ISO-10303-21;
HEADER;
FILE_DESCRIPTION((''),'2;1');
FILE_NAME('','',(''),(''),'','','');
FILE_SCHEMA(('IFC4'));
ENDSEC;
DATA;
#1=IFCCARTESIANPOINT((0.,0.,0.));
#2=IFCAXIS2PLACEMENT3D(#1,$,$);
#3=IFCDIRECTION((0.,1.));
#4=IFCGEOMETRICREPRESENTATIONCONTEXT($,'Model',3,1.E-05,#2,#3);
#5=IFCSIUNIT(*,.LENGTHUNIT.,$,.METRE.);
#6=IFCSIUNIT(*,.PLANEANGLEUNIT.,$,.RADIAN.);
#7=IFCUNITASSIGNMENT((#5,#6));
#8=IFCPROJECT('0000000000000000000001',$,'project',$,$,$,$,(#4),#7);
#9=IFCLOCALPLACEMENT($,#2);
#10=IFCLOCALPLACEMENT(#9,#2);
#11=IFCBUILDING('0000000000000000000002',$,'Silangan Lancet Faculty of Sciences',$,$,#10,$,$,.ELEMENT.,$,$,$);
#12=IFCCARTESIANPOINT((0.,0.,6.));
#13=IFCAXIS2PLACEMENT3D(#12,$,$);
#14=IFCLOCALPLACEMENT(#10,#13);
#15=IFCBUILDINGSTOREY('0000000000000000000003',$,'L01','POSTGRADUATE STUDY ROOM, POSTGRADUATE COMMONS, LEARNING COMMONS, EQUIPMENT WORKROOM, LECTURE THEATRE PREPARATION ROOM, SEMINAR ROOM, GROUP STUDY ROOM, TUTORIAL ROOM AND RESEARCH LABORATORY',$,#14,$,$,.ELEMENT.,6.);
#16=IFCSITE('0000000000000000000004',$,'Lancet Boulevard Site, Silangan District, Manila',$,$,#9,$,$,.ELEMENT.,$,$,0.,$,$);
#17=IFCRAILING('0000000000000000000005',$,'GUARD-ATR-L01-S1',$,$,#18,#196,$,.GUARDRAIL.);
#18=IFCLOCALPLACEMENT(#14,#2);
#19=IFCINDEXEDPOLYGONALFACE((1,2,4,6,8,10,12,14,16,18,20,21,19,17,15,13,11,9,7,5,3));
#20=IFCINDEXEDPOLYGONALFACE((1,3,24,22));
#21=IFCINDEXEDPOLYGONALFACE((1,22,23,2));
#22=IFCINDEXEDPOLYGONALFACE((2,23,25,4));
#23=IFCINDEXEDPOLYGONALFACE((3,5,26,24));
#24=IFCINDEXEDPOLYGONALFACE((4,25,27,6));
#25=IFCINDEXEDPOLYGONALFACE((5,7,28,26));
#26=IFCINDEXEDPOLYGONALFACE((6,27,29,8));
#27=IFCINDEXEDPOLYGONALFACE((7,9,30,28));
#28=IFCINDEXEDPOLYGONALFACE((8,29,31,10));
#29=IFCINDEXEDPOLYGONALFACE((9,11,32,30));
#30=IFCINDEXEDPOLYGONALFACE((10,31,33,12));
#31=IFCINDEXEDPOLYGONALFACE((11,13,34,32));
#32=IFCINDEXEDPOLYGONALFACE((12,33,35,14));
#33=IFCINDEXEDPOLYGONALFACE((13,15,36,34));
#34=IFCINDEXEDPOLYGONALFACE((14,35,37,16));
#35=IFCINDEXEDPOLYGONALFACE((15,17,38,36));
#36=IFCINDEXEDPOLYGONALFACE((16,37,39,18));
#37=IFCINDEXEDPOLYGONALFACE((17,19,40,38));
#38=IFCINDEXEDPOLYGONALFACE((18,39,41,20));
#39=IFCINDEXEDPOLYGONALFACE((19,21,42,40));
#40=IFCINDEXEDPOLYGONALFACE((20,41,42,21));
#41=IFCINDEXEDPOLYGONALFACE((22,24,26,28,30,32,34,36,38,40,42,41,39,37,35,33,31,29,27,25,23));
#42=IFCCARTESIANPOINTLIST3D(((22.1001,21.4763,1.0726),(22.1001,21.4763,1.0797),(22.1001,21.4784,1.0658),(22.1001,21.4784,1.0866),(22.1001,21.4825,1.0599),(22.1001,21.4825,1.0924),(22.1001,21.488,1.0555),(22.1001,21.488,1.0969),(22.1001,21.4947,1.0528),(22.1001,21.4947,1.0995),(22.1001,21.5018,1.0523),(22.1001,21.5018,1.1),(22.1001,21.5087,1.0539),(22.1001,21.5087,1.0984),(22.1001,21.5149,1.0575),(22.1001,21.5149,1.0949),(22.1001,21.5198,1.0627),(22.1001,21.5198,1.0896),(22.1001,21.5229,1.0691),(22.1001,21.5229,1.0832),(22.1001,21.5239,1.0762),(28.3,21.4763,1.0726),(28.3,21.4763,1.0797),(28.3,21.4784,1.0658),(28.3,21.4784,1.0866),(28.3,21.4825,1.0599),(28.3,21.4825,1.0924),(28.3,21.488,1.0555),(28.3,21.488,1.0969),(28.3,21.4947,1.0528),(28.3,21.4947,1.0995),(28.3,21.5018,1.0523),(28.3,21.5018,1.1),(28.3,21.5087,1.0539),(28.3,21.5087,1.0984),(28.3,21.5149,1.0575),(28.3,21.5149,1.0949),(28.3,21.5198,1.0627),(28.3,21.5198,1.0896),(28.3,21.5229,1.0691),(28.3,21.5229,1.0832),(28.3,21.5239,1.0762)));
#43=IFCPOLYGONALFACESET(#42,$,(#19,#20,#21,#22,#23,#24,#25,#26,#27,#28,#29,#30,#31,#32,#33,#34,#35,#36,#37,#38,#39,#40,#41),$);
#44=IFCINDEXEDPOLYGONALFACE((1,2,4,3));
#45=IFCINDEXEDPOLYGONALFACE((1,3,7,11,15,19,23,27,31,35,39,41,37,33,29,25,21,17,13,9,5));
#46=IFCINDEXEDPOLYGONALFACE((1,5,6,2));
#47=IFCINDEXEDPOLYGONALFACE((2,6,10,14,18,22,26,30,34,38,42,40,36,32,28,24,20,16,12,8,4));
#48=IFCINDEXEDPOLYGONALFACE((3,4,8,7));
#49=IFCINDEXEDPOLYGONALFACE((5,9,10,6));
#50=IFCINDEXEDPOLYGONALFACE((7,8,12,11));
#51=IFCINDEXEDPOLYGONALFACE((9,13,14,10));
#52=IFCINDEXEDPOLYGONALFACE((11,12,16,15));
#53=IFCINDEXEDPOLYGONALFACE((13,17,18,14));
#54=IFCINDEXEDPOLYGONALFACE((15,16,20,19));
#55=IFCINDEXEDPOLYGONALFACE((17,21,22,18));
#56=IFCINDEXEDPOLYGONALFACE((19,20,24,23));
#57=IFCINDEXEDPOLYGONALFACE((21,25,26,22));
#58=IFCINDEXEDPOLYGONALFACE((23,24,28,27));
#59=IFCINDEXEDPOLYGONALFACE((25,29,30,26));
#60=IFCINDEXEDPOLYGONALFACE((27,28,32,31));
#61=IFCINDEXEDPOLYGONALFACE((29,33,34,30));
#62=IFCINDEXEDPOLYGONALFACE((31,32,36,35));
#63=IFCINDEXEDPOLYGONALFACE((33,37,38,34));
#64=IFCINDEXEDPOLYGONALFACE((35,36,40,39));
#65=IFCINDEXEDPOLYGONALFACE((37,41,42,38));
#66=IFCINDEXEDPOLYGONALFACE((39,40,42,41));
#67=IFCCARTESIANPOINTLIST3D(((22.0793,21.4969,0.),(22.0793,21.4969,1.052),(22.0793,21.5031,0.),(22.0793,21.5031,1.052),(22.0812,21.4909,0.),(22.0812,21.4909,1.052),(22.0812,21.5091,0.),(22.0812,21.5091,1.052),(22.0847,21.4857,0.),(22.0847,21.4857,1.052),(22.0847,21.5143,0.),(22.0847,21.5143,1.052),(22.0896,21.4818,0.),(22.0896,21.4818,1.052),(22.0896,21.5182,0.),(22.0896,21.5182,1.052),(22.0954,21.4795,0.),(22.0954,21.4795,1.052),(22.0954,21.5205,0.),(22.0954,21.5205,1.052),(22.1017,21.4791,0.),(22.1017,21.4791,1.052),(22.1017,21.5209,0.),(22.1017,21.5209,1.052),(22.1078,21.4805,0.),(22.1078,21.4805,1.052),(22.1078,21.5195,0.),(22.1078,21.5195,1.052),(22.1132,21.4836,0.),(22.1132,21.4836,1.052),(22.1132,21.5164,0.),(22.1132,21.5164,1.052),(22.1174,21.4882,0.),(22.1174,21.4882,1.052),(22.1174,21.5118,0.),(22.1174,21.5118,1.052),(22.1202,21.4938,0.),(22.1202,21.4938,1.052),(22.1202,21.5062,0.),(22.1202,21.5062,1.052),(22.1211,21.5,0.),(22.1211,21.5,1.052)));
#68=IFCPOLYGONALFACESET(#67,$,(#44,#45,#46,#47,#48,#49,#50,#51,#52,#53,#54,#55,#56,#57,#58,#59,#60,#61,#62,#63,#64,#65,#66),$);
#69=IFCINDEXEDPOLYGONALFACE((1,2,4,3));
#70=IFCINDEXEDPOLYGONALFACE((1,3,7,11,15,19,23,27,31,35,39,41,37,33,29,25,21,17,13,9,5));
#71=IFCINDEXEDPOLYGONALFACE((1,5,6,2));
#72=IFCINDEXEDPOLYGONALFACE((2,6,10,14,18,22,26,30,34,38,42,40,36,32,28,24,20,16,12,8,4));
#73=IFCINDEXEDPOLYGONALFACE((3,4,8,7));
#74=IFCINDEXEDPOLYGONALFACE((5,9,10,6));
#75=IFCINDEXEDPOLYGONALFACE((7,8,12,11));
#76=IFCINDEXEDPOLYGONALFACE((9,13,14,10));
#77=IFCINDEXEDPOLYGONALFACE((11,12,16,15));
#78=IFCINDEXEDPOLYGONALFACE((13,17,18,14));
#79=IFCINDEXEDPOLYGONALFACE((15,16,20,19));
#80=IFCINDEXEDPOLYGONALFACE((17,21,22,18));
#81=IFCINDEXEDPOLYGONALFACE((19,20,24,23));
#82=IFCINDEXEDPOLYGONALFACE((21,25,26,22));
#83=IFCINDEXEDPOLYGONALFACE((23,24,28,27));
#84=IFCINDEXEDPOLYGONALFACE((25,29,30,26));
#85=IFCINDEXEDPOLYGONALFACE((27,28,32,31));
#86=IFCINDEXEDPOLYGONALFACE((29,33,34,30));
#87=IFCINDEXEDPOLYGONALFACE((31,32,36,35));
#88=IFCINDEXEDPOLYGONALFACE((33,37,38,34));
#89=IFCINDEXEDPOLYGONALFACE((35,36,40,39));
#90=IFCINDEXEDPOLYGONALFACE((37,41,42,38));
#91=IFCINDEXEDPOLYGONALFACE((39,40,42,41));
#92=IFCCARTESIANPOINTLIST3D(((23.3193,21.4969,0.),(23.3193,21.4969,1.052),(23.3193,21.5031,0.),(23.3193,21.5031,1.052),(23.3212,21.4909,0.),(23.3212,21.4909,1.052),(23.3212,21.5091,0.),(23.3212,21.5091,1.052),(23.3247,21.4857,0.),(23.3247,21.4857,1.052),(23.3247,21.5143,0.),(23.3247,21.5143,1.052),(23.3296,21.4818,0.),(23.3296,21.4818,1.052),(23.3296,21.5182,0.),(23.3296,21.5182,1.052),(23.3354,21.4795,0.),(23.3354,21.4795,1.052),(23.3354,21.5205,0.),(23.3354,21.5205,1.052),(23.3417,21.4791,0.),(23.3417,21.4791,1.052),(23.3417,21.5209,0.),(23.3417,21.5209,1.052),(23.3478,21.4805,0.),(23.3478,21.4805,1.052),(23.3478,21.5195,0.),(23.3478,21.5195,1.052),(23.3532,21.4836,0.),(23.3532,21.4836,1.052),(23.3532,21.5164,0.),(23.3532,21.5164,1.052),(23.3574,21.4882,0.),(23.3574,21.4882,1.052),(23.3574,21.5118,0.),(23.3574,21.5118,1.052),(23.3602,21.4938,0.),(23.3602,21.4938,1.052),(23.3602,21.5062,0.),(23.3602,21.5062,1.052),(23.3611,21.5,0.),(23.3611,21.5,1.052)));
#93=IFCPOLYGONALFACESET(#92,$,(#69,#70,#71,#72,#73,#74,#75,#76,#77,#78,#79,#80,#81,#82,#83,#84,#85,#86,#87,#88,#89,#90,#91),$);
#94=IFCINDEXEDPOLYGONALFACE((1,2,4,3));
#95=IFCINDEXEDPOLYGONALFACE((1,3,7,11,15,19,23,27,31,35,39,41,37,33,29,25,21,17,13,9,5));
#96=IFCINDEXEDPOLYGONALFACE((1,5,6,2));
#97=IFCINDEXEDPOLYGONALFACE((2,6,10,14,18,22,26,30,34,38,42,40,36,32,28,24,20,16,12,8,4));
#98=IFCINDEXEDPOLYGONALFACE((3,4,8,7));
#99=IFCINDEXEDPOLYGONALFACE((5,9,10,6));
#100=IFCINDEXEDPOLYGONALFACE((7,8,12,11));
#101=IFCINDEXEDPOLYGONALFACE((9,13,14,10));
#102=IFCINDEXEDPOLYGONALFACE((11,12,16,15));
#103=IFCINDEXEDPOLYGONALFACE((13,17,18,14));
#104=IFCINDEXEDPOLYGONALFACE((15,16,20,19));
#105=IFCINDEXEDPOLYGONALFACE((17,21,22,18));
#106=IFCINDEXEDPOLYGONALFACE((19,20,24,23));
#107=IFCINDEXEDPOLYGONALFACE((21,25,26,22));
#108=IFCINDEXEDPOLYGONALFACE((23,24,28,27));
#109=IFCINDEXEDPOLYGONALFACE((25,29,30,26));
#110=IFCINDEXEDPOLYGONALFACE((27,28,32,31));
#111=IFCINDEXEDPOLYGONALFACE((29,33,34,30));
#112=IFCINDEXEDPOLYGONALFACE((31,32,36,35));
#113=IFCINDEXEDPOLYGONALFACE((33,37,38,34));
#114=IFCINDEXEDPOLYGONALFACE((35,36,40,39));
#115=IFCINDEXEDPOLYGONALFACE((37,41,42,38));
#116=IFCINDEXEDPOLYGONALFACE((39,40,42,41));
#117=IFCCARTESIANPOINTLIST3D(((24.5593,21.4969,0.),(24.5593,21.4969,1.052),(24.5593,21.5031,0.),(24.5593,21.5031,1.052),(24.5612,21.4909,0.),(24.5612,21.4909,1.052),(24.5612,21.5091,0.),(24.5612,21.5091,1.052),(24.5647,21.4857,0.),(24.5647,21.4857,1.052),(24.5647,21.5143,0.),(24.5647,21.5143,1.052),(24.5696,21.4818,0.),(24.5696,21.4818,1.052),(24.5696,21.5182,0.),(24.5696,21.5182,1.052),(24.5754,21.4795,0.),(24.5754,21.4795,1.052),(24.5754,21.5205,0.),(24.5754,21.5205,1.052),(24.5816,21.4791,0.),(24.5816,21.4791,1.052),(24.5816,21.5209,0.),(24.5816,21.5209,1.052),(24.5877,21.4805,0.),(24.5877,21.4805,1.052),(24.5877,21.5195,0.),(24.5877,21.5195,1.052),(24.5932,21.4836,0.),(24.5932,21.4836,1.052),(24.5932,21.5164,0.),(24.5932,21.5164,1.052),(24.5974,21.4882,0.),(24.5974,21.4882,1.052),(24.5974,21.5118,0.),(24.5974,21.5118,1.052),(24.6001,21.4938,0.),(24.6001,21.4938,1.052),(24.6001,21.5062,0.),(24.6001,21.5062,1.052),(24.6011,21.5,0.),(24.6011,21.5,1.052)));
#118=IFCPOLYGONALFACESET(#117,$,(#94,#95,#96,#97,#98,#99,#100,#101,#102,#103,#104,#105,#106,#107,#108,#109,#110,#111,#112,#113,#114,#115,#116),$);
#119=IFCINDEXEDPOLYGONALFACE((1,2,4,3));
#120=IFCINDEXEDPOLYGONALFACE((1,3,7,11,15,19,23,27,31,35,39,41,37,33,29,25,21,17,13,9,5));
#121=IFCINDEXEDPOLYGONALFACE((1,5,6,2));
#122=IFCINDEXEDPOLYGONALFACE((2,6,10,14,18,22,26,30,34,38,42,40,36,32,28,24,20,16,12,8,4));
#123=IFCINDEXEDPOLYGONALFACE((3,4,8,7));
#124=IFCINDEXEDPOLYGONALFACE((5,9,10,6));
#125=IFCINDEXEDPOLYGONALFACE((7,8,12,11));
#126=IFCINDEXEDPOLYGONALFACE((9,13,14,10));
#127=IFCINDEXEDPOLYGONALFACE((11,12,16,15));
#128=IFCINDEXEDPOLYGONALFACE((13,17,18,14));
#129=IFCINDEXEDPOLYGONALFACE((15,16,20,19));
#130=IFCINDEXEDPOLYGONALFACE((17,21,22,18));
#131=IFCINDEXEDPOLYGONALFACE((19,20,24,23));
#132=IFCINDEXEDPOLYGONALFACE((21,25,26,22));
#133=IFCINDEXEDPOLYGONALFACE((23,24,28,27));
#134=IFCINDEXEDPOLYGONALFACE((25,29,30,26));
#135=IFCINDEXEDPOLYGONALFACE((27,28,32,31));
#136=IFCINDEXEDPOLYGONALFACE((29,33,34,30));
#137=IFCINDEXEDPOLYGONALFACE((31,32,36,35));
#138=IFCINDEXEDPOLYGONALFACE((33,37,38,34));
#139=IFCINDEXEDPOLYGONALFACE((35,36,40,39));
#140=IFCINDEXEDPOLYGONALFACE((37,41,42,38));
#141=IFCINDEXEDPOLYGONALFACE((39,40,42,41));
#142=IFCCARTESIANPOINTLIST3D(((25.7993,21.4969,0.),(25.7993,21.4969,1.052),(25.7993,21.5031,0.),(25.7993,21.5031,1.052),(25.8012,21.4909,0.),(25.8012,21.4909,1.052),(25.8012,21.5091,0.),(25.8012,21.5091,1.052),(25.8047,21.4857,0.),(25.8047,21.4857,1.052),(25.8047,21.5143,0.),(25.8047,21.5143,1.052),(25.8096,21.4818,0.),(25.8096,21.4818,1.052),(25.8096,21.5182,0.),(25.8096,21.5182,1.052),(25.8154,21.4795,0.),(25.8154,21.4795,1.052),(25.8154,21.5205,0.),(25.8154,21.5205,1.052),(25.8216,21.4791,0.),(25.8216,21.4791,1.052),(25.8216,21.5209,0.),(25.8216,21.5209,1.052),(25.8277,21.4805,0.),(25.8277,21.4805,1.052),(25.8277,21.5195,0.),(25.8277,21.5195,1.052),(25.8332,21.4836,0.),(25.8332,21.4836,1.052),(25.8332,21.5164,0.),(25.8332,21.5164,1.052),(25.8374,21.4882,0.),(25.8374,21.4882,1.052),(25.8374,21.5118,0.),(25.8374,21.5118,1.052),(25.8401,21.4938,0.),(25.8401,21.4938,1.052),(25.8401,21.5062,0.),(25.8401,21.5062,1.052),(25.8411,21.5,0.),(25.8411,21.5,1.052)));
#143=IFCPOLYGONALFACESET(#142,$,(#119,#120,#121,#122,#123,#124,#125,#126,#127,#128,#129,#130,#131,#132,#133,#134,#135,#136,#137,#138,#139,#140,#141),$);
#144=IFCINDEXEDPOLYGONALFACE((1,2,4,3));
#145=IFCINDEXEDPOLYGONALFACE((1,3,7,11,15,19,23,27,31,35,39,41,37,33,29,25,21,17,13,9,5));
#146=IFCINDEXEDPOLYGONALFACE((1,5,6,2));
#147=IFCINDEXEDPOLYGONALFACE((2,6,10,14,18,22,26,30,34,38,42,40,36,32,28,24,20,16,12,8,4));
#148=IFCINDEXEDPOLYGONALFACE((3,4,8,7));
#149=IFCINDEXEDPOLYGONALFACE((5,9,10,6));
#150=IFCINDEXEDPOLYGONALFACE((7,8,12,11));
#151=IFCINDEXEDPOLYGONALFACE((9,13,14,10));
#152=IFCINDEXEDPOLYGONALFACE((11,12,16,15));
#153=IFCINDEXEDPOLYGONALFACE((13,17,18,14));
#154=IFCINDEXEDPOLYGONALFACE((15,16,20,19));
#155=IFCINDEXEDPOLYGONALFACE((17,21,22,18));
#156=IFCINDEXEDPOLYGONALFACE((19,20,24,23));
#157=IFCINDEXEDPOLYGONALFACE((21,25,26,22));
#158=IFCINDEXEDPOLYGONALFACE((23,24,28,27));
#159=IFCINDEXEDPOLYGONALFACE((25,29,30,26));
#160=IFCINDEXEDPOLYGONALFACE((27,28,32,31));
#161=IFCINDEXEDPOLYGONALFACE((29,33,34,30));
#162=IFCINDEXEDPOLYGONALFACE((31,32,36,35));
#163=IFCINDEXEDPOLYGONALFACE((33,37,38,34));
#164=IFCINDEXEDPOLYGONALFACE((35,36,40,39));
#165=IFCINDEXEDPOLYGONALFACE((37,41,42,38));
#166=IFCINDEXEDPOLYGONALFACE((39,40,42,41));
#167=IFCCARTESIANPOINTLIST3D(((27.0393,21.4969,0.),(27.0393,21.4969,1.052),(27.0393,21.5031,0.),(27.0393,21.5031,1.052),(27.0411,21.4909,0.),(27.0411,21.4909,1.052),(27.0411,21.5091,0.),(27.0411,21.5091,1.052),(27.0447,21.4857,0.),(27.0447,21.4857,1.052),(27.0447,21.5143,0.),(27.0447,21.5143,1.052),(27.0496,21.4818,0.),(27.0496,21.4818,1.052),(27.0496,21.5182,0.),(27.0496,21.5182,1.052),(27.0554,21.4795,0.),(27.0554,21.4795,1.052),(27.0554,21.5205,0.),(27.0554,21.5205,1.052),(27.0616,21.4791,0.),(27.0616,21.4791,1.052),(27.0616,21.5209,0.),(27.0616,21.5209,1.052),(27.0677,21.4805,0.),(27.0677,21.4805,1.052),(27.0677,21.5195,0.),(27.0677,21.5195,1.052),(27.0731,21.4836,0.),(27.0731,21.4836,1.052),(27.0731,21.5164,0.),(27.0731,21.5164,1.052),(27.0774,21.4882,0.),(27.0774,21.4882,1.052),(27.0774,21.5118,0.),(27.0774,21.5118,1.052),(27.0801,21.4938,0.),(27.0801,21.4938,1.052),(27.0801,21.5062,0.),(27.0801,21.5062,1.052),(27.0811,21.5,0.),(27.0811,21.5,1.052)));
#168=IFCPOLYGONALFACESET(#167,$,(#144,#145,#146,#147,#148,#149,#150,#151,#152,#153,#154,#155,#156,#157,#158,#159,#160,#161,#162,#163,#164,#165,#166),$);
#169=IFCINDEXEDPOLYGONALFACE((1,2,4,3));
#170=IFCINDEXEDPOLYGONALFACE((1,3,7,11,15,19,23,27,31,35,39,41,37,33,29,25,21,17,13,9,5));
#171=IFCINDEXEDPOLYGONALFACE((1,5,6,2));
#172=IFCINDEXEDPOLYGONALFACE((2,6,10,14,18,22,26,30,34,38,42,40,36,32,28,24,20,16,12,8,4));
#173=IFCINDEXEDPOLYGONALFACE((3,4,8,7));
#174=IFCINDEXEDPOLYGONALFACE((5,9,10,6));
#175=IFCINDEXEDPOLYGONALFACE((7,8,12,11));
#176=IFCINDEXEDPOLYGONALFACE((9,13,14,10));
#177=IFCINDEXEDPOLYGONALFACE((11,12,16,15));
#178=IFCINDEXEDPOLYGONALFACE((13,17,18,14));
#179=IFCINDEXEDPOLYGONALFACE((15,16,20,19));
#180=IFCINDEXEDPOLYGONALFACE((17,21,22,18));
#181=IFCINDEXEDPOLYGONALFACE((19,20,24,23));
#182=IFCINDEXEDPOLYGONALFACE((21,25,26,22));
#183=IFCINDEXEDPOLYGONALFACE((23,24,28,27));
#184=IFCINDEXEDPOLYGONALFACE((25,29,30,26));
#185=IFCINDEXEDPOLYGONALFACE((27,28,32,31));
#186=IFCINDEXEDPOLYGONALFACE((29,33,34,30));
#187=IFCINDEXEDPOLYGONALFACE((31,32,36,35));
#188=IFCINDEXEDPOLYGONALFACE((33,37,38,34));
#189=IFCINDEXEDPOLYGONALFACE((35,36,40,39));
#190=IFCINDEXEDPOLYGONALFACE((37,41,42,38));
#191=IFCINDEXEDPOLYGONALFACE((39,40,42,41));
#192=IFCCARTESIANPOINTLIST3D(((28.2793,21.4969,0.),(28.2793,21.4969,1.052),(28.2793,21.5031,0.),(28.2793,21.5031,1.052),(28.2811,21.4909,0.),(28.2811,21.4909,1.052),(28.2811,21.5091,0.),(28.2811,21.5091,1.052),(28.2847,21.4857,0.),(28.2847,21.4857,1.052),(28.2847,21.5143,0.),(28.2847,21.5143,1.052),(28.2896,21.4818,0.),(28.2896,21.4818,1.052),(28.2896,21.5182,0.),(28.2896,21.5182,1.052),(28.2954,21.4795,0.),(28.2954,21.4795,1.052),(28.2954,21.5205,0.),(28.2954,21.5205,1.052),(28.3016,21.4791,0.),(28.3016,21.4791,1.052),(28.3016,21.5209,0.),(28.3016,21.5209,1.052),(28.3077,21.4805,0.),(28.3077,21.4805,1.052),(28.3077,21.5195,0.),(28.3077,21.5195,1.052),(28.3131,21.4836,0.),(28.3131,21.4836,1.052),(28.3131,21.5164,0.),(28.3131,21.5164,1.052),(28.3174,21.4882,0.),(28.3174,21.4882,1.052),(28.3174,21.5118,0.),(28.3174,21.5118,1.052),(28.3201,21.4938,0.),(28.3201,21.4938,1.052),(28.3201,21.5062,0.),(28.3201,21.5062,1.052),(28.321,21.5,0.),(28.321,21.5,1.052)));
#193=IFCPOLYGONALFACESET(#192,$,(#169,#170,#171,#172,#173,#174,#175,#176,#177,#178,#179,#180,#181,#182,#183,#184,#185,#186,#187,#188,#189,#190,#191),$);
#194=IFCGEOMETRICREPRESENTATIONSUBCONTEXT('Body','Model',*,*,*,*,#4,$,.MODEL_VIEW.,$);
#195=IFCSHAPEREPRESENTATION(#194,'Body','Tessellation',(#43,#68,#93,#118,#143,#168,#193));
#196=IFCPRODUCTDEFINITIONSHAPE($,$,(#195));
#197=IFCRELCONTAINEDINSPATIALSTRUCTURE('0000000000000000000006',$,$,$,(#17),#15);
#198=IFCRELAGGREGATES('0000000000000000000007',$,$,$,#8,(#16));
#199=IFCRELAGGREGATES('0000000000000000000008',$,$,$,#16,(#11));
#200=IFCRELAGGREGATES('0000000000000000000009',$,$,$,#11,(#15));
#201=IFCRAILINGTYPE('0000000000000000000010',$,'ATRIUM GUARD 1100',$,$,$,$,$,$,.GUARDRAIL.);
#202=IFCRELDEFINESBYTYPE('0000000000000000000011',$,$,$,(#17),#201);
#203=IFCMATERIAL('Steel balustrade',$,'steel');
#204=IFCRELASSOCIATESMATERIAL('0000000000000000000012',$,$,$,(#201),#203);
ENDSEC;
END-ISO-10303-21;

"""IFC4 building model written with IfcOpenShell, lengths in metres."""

from ifc_helpers import new_model, si_unit, direction, frame, origin, origin_2d, place, context, subcontext, project, spatial, circle, extrude, material, type_object, element, save


model = new_model("IFC4")

# Units and contexts
model_context = context("Model", 3, precision=1e-05, world=origin(), true_north=direction((0.0, 1.0)))
body_context = subcontext(model_context, "Body", "Model", "MODEL_VIEW")
ifc_project = project(units=[si_unit("LENGTHUNIT", "METRE"), si_unit("PLANEANGLEUNIT", "RADIAN")], contexts=[model_context])

# Site, building, storey
site_placement = place(None, origin())
site = spatial("IfcSite", under=ifc_project, at=site_placement, Name="Lancet Boulevard Site, Silangan District, Manila", CompositionType="ELEMENT", RefElevation=0.0)
building_placement = place(site_placement, origin())
building = spatial("IfcBuilding", under=site, at=building_placement, Name="Silangan Lancet Faculty of Sciences", CompositionType="ELEMENT")
storey_placement = place(building_placement, frame((0.0, 0.0, 6.0)))
storey = spatial("IfcBuildingStorey", under=building, at=storey_placement, Name="L01", Description="POSTGRADUATE STUDY ROOM, POSTGRADUATE COMMONS, LEARNING COMMONS, EQUIPMENT WORKROOM, LECTURE THEATRE PREPARATION ROOM, SEMINAR ROOM, GROUP STUDY ROOM, TUTORIAL ROOM AND RESEARCH LABORATORY", CompositionType="ELEMENT", Elevation=6.0)

# Railing
ifc_material_1 = material(Name="Steel balustrade", Category="steel")
railing_type = type_object("IfcRailingType", Name="ATRIUM GUARD 1100", PredefinedType="GUARDRAIL", material=ifc_material_1)
railing_placement = place(storey_placement, frame((22.1001, 21.5, 0.0)))
element("IfcRailing", 1, at=railing_placement, inside=storey, type_object=railing_type, Name="GUARD-ATR-L01-S1", PredefinedType="GUARDRAIL", context=body_context, shape_type="SweptSolid", body=[
    extrude(circle(Radius=0.0239, at=origin_2d()), frame((0.0, 0.0, 1.0762), z_axis=(1.0, 0.0, 0.0), x_axis=(0.0, 1.0, 0.0)), (0.0, 0.0, 1.0), 6.2),
    extrude(circle(Radius=0.021, at=origin_2d()), origin(), (0.0, 0.0, 1.0), 1.052),
    extrude(circle(Radius=0.021, at=origin_2d()), frame((1.24, 0.0, 0.0)), (0.0, 0.0, 1.0), 1.052),
    extrude(circle(Radius=0.021, at=origin_2d()), frame((2.48, 0.0, 0.0)), (0.0, 0.0, 1.0), 1.052),
    extrude(circle(Radius=0.021, at=origin_2d()), frame((3.72, 0.0, 0.0)), (0.0, 0.0, 1.0), 1.052),
    extrude(circle(Radius=0.021, at=origin_2d()), frame((4.96, 0.0, 0.0)), (0.0, 0.0, 1.0), 1.052),
    extrude(circle(Radius=0.021, at=origin_2d()), frame((6.2, 0.0, 0.0)), (0.0, 0.0, 1.0), 1.052),
])

save(model, "model.ifc")
